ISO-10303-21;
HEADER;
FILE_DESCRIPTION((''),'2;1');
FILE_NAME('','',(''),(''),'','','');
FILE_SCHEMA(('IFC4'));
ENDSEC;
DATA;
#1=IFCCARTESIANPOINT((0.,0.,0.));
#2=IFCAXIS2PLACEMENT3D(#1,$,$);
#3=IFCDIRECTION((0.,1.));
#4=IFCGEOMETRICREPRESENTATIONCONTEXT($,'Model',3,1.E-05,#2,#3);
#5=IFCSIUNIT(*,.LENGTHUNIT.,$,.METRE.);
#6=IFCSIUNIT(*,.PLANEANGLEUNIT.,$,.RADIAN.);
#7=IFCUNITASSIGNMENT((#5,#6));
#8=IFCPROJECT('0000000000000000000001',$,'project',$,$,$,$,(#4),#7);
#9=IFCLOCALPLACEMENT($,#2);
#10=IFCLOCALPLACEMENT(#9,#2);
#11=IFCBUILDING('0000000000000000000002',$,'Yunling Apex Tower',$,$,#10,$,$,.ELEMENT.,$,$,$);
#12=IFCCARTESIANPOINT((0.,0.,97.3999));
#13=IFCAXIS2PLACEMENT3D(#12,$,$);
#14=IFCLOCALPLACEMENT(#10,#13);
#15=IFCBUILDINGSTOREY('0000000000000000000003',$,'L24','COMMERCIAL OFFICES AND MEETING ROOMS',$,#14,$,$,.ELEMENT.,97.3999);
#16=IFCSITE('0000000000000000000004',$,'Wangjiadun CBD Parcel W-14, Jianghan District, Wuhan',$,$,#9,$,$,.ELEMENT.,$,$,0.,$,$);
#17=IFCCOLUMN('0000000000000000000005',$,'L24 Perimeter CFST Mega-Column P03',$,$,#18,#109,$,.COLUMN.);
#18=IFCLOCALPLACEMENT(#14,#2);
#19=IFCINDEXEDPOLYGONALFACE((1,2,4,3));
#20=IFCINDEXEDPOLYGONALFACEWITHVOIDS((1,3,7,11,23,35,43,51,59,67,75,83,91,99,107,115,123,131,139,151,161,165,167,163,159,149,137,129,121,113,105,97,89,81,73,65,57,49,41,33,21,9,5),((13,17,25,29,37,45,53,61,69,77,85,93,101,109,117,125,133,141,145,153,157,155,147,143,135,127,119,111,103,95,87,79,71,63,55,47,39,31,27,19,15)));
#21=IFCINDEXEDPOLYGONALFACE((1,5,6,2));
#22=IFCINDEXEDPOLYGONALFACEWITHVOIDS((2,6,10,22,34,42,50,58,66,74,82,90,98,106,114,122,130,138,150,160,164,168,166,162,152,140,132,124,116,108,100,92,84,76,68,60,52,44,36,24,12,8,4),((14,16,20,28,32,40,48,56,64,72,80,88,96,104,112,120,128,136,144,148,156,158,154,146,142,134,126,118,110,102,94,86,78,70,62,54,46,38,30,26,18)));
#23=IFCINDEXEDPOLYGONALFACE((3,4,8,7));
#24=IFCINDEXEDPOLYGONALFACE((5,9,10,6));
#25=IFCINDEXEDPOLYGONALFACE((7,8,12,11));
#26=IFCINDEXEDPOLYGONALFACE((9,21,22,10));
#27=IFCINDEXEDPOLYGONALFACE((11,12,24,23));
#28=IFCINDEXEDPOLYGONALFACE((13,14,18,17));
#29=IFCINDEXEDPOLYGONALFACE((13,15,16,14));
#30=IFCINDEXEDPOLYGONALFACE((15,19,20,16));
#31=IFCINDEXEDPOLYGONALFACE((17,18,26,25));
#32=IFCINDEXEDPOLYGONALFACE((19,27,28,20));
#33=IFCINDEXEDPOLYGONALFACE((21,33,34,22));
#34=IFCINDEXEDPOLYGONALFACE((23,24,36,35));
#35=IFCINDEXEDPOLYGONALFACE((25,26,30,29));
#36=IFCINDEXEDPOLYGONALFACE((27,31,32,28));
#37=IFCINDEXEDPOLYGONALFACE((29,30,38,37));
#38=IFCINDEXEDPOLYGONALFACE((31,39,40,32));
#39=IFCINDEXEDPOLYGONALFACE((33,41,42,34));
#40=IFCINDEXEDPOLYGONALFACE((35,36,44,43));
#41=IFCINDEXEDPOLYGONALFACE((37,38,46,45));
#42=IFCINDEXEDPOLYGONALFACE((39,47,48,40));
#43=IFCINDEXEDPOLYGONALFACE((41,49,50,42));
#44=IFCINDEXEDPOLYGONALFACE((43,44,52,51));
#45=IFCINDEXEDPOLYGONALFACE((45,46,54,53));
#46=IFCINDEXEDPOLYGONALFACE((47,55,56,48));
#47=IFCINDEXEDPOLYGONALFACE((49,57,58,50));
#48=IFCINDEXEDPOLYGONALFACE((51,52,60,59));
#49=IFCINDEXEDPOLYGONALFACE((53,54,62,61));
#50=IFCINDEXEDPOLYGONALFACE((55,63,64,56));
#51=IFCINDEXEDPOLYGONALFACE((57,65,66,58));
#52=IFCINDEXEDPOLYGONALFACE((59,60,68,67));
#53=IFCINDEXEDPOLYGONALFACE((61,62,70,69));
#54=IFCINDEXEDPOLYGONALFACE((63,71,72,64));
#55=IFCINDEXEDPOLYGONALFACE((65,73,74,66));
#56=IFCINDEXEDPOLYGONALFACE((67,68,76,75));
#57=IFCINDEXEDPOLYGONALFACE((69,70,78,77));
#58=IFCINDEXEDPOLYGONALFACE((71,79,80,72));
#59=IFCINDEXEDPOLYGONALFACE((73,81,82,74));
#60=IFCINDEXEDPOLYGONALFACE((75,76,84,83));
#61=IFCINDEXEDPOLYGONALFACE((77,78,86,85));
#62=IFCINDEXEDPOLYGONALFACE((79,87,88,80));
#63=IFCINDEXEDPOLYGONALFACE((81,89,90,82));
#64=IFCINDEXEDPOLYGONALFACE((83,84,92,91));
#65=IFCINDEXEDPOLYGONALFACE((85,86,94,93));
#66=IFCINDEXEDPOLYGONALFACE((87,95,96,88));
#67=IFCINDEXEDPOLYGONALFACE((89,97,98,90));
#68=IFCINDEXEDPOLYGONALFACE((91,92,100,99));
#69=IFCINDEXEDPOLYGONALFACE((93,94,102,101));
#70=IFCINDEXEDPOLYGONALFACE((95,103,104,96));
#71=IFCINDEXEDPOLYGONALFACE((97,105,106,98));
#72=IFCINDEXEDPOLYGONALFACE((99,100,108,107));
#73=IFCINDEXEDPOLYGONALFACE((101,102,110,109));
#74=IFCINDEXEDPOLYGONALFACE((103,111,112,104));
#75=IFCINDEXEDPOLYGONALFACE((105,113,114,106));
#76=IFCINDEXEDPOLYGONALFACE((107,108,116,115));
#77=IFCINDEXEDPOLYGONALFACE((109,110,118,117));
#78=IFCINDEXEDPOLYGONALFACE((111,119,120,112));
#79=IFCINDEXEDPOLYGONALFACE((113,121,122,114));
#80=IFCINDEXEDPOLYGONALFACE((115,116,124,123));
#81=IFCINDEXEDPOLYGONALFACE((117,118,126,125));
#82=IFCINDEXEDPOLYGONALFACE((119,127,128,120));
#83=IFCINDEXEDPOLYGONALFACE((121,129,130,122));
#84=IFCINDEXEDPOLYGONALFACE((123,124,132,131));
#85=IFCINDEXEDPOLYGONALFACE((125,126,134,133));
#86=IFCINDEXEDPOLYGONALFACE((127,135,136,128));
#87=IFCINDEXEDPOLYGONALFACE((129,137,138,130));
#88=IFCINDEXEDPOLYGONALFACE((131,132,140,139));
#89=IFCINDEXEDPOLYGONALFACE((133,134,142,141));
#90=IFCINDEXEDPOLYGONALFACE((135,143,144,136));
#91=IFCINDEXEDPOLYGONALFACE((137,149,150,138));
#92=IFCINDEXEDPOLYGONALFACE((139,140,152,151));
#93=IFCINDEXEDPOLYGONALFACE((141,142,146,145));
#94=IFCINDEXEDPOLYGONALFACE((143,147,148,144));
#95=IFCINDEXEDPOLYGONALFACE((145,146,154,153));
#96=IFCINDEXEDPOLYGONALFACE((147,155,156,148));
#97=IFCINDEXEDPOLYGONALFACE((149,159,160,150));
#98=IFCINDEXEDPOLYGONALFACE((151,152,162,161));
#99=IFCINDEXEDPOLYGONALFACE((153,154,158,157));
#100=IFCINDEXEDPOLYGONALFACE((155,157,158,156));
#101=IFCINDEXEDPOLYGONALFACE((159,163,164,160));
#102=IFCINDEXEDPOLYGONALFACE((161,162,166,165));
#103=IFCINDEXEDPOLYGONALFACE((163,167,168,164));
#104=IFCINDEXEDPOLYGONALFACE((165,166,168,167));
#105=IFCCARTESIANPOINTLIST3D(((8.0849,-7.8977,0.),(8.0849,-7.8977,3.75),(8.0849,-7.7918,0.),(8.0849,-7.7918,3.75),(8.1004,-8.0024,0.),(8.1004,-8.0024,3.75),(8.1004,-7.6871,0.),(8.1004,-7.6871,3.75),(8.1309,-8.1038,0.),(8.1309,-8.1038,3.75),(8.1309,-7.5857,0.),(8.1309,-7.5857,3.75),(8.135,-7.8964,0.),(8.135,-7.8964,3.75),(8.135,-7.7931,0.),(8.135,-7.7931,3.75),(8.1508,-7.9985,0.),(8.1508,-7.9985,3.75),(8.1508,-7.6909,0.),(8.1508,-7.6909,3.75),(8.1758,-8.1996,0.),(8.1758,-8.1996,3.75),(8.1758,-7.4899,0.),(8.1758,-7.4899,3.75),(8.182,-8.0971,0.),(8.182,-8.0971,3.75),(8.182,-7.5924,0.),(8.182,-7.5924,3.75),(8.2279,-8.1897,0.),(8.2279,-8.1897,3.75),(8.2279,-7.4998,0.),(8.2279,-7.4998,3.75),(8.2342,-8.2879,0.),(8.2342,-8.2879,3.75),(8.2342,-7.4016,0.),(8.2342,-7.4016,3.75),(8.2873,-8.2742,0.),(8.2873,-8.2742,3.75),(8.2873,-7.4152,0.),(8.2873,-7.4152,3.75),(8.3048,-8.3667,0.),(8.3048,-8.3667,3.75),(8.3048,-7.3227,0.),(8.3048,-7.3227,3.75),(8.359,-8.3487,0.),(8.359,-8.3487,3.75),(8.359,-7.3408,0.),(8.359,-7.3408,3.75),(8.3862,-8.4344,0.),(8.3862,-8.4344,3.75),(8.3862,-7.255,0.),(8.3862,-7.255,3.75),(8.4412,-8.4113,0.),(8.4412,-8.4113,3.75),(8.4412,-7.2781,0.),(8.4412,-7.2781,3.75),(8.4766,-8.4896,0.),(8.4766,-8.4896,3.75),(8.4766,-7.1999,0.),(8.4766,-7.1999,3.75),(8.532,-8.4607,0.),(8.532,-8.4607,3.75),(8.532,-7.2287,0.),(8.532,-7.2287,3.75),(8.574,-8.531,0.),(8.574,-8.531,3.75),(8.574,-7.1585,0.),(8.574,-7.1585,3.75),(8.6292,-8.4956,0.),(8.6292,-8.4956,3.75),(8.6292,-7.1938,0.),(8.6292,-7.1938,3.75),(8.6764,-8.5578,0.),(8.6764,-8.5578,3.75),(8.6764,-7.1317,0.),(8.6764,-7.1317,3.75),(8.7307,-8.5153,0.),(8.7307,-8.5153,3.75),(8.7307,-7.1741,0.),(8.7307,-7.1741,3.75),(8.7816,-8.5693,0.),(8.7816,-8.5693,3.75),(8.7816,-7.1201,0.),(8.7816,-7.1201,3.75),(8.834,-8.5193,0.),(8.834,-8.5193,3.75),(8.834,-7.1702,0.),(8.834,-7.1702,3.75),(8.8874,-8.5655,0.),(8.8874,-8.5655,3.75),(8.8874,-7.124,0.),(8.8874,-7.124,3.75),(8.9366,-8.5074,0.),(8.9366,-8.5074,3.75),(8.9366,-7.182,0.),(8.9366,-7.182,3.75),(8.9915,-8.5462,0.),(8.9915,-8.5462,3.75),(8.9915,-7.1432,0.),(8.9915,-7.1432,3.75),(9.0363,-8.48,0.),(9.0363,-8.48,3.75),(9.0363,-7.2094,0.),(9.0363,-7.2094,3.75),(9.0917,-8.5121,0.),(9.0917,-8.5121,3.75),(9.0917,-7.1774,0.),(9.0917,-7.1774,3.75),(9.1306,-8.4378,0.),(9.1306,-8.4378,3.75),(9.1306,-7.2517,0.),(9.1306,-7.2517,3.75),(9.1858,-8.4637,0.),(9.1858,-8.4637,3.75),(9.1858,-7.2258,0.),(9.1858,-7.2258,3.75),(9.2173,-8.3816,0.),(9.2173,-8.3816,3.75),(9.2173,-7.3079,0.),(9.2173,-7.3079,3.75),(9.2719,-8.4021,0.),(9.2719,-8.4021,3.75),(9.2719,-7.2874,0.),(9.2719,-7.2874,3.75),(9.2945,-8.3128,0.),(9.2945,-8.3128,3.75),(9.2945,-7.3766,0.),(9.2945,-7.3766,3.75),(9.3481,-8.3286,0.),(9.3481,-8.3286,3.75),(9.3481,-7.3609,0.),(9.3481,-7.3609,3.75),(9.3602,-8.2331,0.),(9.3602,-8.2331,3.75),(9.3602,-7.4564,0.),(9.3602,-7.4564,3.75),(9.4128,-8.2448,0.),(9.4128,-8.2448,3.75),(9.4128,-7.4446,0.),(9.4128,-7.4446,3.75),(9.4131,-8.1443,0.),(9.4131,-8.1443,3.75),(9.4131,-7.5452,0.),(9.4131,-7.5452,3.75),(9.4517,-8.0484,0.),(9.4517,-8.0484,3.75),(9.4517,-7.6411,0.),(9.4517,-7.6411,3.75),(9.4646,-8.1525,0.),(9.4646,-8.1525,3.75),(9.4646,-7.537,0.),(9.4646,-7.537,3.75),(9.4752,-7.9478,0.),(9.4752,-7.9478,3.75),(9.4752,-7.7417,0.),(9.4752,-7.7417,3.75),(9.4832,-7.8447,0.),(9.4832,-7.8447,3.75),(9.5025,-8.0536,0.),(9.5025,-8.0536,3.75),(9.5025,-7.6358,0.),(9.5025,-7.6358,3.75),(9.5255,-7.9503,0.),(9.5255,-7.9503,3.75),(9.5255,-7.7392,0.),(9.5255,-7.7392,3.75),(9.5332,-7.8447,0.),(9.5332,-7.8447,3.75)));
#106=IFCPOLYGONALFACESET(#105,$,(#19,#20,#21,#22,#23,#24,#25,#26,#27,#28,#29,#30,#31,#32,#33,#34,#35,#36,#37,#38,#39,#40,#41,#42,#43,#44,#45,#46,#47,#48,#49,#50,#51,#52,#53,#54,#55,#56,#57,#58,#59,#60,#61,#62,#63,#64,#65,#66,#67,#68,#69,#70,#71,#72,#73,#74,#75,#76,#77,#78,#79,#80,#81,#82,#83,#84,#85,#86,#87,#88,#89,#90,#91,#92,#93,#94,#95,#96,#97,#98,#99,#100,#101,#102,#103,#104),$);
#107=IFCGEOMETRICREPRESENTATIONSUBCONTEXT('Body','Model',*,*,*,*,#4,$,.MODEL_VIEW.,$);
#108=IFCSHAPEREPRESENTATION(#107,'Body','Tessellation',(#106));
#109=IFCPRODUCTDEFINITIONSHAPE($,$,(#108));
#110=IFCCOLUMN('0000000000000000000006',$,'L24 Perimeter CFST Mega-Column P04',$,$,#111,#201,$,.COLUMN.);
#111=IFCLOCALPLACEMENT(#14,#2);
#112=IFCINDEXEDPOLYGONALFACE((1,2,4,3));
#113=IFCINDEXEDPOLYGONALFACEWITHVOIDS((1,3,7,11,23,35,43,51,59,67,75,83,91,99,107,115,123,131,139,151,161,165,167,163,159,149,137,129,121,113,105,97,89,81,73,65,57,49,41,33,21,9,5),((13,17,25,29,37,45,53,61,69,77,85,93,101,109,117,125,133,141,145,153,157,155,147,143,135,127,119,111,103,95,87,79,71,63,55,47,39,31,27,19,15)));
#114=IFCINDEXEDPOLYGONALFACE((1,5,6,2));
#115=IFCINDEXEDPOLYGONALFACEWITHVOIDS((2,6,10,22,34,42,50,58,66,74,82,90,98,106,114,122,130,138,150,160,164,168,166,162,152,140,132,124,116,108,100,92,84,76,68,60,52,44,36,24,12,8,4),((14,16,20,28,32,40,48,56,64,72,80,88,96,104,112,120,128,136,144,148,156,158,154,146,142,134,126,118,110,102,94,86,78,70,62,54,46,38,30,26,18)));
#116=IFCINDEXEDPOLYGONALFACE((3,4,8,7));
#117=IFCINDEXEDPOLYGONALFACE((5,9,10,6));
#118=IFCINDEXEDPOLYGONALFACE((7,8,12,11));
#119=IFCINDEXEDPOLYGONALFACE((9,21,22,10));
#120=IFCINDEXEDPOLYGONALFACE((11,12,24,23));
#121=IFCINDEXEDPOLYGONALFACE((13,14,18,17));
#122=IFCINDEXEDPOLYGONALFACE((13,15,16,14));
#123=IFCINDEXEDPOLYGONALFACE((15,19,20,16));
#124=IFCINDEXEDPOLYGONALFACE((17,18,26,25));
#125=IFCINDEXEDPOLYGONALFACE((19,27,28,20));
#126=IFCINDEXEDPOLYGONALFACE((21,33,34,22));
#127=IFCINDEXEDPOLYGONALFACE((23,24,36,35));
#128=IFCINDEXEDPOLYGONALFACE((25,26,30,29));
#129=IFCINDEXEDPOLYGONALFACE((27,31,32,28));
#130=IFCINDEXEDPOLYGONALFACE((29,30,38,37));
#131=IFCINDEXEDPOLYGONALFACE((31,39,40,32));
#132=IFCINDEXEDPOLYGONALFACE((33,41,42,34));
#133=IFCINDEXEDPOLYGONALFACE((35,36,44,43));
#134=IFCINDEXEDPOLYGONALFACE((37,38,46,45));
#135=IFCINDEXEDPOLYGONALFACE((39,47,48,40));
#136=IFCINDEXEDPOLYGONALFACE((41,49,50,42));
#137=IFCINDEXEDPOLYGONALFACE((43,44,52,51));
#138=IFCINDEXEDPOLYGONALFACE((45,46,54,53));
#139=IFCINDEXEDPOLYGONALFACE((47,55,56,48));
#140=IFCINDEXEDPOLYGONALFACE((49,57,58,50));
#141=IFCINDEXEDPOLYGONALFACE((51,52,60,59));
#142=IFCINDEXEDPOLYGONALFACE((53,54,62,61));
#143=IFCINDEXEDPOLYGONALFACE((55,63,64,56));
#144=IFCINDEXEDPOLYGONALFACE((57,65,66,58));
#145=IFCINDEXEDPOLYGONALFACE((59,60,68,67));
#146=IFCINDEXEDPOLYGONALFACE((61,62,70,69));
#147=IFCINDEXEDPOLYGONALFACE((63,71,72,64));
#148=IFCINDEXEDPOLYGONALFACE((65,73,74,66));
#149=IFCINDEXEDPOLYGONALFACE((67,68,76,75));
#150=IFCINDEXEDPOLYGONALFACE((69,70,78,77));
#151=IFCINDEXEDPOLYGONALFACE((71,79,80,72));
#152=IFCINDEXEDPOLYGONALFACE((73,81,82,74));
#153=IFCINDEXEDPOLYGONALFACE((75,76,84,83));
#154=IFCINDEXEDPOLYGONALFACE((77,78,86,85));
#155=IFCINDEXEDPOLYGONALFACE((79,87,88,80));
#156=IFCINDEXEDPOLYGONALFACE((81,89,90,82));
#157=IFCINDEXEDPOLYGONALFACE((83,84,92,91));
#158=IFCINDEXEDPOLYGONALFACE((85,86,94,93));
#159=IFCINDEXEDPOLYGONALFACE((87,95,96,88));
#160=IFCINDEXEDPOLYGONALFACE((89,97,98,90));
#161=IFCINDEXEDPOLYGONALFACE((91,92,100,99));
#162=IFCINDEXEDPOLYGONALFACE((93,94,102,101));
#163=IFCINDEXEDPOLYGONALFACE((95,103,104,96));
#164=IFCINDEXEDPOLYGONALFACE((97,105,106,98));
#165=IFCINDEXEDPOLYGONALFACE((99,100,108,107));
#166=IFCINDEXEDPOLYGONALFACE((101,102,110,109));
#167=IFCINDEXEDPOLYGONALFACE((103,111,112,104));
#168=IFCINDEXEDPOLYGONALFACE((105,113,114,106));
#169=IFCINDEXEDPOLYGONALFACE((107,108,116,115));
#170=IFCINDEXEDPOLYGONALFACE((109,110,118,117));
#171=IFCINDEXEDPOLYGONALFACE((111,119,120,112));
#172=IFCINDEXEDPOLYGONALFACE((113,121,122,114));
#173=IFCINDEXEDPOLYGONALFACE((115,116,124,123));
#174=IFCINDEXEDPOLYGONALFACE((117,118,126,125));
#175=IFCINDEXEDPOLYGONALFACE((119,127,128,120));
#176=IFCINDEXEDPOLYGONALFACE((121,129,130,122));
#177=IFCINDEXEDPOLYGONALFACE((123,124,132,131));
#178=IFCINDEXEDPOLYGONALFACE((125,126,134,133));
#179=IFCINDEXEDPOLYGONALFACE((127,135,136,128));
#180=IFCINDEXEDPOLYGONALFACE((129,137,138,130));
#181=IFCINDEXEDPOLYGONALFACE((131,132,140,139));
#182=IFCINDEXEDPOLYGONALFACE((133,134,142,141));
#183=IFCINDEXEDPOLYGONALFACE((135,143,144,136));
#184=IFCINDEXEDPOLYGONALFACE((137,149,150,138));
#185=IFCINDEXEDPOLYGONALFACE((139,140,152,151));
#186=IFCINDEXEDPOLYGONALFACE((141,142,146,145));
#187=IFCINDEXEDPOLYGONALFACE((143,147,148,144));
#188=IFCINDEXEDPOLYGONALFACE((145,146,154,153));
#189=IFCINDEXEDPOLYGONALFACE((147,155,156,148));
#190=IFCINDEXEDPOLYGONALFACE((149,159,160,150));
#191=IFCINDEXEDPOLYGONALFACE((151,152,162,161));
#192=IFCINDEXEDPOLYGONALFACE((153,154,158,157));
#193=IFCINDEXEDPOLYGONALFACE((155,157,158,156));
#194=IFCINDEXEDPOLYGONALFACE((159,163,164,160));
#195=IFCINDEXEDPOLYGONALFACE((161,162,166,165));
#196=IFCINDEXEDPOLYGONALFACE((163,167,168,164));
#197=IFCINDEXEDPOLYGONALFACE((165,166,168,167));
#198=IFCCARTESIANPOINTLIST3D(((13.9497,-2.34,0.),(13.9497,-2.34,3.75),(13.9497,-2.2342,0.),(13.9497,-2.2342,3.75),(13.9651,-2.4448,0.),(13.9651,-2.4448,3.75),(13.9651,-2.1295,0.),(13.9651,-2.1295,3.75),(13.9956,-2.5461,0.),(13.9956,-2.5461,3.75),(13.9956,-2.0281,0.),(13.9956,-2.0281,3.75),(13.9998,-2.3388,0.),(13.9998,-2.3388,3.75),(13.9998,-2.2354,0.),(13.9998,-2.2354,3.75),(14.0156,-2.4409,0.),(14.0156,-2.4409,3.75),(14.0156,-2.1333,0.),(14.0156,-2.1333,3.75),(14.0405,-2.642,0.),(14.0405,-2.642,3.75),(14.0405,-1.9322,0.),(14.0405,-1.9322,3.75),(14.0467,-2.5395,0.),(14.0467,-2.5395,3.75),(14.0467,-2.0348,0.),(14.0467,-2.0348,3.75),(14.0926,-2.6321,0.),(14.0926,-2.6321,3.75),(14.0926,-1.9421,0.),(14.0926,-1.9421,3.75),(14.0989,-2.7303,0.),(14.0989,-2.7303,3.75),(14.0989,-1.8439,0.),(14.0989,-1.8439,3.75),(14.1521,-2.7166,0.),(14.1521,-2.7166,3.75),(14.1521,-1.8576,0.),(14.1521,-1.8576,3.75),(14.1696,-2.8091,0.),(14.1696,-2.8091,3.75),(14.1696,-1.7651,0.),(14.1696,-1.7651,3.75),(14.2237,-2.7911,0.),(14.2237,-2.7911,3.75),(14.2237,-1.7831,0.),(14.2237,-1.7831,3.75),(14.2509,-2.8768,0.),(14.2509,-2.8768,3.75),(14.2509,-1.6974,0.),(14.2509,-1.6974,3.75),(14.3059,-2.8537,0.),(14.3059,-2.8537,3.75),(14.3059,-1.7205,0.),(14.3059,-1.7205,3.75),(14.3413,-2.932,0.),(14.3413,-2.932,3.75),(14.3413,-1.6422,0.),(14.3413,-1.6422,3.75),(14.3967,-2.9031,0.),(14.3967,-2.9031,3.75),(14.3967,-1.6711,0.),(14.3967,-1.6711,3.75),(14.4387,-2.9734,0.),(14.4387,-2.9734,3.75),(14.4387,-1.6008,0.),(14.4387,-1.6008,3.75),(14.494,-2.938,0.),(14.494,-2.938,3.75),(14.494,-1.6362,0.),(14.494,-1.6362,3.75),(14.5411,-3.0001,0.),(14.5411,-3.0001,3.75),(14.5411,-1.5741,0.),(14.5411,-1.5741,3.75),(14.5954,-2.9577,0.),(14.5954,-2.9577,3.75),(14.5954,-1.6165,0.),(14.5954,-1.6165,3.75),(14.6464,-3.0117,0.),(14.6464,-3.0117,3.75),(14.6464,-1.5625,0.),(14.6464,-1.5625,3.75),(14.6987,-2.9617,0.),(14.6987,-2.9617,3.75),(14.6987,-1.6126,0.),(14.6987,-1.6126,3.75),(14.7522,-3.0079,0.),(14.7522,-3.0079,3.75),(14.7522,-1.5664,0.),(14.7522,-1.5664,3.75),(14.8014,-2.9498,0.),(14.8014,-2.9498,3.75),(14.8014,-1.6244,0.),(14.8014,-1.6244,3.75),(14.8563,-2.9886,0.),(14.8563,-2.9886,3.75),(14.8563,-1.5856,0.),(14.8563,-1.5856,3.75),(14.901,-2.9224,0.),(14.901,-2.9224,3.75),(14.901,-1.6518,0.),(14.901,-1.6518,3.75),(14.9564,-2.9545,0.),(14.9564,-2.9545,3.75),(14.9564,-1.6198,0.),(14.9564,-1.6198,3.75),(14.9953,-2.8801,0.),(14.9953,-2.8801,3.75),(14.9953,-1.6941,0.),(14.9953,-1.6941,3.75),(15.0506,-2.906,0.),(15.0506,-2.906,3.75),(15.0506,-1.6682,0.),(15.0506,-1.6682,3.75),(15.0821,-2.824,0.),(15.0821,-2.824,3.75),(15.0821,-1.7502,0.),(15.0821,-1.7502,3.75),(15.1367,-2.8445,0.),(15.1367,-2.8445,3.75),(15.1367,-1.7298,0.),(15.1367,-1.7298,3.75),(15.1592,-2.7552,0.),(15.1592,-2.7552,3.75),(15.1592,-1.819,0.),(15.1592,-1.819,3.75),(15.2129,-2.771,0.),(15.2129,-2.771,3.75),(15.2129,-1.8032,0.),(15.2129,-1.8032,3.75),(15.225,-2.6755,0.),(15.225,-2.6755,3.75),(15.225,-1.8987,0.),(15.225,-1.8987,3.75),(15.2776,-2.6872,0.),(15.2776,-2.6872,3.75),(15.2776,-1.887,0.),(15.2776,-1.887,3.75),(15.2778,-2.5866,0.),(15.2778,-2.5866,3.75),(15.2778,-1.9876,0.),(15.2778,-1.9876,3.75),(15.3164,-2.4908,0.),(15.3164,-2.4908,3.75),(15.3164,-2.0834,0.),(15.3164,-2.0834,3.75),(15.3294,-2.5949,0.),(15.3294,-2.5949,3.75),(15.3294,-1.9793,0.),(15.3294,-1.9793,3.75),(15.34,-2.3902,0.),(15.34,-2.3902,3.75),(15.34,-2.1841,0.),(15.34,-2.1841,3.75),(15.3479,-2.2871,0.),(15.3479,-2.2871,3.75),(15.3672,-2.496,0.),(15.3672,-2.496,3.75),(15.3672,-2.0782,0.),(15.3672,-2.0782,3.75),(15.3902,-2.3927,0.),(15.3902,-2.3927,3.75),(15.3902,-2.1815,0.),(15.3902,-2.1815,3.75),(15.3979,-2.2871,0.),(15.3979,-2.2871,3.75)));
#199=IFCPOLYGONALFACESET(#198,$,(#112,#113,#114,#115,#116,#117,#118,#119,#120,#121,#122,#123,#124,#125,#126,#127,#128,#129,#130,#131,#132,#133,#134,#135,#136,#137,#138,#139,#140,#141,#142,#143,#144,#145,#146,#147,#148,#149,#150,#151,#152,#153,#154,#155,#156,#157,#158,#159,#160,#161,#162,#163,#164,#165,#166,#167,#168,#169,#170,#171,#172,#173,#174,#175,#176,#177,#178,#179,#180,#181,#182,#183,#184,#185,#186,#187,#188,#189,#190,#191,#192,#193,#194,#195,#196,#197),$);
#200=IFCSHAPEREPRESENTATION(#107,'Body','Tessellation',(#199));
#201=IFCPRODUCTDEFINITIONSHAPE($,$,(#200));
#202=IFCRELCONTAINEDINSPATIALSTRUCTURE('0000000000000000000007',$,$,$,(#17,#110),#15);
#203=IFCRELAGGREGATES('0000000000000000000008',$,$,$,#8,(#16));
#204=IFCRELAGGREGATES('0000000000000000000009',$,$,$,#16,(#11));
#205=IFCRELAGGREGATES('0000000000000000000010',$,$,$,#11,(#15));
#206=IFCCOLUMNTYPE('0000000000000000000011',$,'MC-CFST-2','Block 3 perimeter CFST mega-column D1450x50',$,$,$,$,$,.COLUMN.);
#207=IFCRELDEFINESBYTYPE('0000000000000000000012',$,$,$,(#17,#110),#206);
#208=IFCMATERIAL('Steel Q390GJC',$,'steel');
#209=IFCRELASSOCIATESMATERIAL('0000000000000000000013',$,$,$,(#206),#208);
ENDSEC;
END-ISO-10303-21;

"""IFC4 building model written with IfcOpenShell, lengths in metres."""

from ifc_helpers import new_model, si_unit, direction, frame, origin, origin_2d, place, context, subcontext, project, spatial, hollow_circle, extrude, source, transform, mapped, material, material_profile, profile_set, type_object, element, save


model = new_model("IFC4")

# Units and contexts
model_context = context("Model", 3, precision=1e-05, world=origin(), true_north=direction((0.0, 1.0)))
body_context = subcontext(model_context, "Body", "Model", "MODEL_VIEW")
ifc_project = project(units=[si_unit("LENGTHUNIT", "METRE"), si_unit("PLANEANGLEUNIT", "RADIAN")], contexts=[model_context])

# Site, building, storey
site_placement = place(None, origin())
site = spatial("IfcSite", under=ifc_project, at=site_placement, Name="Wangjiadun CBD Parcel W-14, Jianghan District, Wuhan", CompositionType="ELEMENT", RefElevation=0.0)
building_placement = place(site_placement, origin())
building = spatial("IfcBuilding", under=site, at=building_placement, Name="Yunling Apex Tower", CompositionType="ELEMENT")
storey_placement = place(building_placement, frame((0.0, 0.0, 97.3999)))
storey = spatial("IfcBuildingStorey", under=building, at=storey_placement, Name="L24", Description="COMMERCIAL OFFICES AND MEETING ROOMS", CompositionType="ELEMENT", Elevation=97.3999)

# Columns
ifc_material_1 = material(Name="Steel Q390GJC", Category="steel")
ifc_material_profile_1 = material_profile(ifc_material_1, hollow_circle(Radius=0.7251, WallThickness=0.05, at=origin_2d()))
ifc_profile_set_1 = profile_set([ifc_material_profile_1], Name="Steel Q390GJC")
column_type = type_object("IfcColumnType", Name="MC-CFST-2", Description="Block 3 perimeter CFST mega-column D1450x50", PredefinedType="COLUMN", material=ifc_profile_set_1)
shared_shape_1 = source(origin(), body_context, "Body", "SweptSolid", [
    extrude(hollow_circle(Radius=0.7251, WallThickness=0.05, at=origin_2d()), origin(), (0.0, 0.0, 1.0), 3.75),
])
for number, where, z_axis, x_axis, name in (
    (1, (8.8081, -7.8447, 0.0), (0.0, 0.0, 1.0), (1.0, 0.0, 0.0), "L24 Perimeter CFST Mega-Column P03"),
    (2, (14.6729, -2.2871, 0.0), (0.0, 0.0, 1.0), (1.0, 0.0, 0.0), "L24 Perimeter CFST Mega-Column P04"),
):
    element("IfcColumn", number, at=place(storey_placement, frame(where, z_axis=z_axis, x_axis=x_axis)), inside=storey, type_object=column_type, Name=name, PredefinedType="COLUMN", context=body_context, shape_type="MappedRepresentation", body=[
        mapped(shared_shape_1, transform((0.0, 0.0, 0.0), scale=1.0)),
    ])

save(model, "model.ifc")
